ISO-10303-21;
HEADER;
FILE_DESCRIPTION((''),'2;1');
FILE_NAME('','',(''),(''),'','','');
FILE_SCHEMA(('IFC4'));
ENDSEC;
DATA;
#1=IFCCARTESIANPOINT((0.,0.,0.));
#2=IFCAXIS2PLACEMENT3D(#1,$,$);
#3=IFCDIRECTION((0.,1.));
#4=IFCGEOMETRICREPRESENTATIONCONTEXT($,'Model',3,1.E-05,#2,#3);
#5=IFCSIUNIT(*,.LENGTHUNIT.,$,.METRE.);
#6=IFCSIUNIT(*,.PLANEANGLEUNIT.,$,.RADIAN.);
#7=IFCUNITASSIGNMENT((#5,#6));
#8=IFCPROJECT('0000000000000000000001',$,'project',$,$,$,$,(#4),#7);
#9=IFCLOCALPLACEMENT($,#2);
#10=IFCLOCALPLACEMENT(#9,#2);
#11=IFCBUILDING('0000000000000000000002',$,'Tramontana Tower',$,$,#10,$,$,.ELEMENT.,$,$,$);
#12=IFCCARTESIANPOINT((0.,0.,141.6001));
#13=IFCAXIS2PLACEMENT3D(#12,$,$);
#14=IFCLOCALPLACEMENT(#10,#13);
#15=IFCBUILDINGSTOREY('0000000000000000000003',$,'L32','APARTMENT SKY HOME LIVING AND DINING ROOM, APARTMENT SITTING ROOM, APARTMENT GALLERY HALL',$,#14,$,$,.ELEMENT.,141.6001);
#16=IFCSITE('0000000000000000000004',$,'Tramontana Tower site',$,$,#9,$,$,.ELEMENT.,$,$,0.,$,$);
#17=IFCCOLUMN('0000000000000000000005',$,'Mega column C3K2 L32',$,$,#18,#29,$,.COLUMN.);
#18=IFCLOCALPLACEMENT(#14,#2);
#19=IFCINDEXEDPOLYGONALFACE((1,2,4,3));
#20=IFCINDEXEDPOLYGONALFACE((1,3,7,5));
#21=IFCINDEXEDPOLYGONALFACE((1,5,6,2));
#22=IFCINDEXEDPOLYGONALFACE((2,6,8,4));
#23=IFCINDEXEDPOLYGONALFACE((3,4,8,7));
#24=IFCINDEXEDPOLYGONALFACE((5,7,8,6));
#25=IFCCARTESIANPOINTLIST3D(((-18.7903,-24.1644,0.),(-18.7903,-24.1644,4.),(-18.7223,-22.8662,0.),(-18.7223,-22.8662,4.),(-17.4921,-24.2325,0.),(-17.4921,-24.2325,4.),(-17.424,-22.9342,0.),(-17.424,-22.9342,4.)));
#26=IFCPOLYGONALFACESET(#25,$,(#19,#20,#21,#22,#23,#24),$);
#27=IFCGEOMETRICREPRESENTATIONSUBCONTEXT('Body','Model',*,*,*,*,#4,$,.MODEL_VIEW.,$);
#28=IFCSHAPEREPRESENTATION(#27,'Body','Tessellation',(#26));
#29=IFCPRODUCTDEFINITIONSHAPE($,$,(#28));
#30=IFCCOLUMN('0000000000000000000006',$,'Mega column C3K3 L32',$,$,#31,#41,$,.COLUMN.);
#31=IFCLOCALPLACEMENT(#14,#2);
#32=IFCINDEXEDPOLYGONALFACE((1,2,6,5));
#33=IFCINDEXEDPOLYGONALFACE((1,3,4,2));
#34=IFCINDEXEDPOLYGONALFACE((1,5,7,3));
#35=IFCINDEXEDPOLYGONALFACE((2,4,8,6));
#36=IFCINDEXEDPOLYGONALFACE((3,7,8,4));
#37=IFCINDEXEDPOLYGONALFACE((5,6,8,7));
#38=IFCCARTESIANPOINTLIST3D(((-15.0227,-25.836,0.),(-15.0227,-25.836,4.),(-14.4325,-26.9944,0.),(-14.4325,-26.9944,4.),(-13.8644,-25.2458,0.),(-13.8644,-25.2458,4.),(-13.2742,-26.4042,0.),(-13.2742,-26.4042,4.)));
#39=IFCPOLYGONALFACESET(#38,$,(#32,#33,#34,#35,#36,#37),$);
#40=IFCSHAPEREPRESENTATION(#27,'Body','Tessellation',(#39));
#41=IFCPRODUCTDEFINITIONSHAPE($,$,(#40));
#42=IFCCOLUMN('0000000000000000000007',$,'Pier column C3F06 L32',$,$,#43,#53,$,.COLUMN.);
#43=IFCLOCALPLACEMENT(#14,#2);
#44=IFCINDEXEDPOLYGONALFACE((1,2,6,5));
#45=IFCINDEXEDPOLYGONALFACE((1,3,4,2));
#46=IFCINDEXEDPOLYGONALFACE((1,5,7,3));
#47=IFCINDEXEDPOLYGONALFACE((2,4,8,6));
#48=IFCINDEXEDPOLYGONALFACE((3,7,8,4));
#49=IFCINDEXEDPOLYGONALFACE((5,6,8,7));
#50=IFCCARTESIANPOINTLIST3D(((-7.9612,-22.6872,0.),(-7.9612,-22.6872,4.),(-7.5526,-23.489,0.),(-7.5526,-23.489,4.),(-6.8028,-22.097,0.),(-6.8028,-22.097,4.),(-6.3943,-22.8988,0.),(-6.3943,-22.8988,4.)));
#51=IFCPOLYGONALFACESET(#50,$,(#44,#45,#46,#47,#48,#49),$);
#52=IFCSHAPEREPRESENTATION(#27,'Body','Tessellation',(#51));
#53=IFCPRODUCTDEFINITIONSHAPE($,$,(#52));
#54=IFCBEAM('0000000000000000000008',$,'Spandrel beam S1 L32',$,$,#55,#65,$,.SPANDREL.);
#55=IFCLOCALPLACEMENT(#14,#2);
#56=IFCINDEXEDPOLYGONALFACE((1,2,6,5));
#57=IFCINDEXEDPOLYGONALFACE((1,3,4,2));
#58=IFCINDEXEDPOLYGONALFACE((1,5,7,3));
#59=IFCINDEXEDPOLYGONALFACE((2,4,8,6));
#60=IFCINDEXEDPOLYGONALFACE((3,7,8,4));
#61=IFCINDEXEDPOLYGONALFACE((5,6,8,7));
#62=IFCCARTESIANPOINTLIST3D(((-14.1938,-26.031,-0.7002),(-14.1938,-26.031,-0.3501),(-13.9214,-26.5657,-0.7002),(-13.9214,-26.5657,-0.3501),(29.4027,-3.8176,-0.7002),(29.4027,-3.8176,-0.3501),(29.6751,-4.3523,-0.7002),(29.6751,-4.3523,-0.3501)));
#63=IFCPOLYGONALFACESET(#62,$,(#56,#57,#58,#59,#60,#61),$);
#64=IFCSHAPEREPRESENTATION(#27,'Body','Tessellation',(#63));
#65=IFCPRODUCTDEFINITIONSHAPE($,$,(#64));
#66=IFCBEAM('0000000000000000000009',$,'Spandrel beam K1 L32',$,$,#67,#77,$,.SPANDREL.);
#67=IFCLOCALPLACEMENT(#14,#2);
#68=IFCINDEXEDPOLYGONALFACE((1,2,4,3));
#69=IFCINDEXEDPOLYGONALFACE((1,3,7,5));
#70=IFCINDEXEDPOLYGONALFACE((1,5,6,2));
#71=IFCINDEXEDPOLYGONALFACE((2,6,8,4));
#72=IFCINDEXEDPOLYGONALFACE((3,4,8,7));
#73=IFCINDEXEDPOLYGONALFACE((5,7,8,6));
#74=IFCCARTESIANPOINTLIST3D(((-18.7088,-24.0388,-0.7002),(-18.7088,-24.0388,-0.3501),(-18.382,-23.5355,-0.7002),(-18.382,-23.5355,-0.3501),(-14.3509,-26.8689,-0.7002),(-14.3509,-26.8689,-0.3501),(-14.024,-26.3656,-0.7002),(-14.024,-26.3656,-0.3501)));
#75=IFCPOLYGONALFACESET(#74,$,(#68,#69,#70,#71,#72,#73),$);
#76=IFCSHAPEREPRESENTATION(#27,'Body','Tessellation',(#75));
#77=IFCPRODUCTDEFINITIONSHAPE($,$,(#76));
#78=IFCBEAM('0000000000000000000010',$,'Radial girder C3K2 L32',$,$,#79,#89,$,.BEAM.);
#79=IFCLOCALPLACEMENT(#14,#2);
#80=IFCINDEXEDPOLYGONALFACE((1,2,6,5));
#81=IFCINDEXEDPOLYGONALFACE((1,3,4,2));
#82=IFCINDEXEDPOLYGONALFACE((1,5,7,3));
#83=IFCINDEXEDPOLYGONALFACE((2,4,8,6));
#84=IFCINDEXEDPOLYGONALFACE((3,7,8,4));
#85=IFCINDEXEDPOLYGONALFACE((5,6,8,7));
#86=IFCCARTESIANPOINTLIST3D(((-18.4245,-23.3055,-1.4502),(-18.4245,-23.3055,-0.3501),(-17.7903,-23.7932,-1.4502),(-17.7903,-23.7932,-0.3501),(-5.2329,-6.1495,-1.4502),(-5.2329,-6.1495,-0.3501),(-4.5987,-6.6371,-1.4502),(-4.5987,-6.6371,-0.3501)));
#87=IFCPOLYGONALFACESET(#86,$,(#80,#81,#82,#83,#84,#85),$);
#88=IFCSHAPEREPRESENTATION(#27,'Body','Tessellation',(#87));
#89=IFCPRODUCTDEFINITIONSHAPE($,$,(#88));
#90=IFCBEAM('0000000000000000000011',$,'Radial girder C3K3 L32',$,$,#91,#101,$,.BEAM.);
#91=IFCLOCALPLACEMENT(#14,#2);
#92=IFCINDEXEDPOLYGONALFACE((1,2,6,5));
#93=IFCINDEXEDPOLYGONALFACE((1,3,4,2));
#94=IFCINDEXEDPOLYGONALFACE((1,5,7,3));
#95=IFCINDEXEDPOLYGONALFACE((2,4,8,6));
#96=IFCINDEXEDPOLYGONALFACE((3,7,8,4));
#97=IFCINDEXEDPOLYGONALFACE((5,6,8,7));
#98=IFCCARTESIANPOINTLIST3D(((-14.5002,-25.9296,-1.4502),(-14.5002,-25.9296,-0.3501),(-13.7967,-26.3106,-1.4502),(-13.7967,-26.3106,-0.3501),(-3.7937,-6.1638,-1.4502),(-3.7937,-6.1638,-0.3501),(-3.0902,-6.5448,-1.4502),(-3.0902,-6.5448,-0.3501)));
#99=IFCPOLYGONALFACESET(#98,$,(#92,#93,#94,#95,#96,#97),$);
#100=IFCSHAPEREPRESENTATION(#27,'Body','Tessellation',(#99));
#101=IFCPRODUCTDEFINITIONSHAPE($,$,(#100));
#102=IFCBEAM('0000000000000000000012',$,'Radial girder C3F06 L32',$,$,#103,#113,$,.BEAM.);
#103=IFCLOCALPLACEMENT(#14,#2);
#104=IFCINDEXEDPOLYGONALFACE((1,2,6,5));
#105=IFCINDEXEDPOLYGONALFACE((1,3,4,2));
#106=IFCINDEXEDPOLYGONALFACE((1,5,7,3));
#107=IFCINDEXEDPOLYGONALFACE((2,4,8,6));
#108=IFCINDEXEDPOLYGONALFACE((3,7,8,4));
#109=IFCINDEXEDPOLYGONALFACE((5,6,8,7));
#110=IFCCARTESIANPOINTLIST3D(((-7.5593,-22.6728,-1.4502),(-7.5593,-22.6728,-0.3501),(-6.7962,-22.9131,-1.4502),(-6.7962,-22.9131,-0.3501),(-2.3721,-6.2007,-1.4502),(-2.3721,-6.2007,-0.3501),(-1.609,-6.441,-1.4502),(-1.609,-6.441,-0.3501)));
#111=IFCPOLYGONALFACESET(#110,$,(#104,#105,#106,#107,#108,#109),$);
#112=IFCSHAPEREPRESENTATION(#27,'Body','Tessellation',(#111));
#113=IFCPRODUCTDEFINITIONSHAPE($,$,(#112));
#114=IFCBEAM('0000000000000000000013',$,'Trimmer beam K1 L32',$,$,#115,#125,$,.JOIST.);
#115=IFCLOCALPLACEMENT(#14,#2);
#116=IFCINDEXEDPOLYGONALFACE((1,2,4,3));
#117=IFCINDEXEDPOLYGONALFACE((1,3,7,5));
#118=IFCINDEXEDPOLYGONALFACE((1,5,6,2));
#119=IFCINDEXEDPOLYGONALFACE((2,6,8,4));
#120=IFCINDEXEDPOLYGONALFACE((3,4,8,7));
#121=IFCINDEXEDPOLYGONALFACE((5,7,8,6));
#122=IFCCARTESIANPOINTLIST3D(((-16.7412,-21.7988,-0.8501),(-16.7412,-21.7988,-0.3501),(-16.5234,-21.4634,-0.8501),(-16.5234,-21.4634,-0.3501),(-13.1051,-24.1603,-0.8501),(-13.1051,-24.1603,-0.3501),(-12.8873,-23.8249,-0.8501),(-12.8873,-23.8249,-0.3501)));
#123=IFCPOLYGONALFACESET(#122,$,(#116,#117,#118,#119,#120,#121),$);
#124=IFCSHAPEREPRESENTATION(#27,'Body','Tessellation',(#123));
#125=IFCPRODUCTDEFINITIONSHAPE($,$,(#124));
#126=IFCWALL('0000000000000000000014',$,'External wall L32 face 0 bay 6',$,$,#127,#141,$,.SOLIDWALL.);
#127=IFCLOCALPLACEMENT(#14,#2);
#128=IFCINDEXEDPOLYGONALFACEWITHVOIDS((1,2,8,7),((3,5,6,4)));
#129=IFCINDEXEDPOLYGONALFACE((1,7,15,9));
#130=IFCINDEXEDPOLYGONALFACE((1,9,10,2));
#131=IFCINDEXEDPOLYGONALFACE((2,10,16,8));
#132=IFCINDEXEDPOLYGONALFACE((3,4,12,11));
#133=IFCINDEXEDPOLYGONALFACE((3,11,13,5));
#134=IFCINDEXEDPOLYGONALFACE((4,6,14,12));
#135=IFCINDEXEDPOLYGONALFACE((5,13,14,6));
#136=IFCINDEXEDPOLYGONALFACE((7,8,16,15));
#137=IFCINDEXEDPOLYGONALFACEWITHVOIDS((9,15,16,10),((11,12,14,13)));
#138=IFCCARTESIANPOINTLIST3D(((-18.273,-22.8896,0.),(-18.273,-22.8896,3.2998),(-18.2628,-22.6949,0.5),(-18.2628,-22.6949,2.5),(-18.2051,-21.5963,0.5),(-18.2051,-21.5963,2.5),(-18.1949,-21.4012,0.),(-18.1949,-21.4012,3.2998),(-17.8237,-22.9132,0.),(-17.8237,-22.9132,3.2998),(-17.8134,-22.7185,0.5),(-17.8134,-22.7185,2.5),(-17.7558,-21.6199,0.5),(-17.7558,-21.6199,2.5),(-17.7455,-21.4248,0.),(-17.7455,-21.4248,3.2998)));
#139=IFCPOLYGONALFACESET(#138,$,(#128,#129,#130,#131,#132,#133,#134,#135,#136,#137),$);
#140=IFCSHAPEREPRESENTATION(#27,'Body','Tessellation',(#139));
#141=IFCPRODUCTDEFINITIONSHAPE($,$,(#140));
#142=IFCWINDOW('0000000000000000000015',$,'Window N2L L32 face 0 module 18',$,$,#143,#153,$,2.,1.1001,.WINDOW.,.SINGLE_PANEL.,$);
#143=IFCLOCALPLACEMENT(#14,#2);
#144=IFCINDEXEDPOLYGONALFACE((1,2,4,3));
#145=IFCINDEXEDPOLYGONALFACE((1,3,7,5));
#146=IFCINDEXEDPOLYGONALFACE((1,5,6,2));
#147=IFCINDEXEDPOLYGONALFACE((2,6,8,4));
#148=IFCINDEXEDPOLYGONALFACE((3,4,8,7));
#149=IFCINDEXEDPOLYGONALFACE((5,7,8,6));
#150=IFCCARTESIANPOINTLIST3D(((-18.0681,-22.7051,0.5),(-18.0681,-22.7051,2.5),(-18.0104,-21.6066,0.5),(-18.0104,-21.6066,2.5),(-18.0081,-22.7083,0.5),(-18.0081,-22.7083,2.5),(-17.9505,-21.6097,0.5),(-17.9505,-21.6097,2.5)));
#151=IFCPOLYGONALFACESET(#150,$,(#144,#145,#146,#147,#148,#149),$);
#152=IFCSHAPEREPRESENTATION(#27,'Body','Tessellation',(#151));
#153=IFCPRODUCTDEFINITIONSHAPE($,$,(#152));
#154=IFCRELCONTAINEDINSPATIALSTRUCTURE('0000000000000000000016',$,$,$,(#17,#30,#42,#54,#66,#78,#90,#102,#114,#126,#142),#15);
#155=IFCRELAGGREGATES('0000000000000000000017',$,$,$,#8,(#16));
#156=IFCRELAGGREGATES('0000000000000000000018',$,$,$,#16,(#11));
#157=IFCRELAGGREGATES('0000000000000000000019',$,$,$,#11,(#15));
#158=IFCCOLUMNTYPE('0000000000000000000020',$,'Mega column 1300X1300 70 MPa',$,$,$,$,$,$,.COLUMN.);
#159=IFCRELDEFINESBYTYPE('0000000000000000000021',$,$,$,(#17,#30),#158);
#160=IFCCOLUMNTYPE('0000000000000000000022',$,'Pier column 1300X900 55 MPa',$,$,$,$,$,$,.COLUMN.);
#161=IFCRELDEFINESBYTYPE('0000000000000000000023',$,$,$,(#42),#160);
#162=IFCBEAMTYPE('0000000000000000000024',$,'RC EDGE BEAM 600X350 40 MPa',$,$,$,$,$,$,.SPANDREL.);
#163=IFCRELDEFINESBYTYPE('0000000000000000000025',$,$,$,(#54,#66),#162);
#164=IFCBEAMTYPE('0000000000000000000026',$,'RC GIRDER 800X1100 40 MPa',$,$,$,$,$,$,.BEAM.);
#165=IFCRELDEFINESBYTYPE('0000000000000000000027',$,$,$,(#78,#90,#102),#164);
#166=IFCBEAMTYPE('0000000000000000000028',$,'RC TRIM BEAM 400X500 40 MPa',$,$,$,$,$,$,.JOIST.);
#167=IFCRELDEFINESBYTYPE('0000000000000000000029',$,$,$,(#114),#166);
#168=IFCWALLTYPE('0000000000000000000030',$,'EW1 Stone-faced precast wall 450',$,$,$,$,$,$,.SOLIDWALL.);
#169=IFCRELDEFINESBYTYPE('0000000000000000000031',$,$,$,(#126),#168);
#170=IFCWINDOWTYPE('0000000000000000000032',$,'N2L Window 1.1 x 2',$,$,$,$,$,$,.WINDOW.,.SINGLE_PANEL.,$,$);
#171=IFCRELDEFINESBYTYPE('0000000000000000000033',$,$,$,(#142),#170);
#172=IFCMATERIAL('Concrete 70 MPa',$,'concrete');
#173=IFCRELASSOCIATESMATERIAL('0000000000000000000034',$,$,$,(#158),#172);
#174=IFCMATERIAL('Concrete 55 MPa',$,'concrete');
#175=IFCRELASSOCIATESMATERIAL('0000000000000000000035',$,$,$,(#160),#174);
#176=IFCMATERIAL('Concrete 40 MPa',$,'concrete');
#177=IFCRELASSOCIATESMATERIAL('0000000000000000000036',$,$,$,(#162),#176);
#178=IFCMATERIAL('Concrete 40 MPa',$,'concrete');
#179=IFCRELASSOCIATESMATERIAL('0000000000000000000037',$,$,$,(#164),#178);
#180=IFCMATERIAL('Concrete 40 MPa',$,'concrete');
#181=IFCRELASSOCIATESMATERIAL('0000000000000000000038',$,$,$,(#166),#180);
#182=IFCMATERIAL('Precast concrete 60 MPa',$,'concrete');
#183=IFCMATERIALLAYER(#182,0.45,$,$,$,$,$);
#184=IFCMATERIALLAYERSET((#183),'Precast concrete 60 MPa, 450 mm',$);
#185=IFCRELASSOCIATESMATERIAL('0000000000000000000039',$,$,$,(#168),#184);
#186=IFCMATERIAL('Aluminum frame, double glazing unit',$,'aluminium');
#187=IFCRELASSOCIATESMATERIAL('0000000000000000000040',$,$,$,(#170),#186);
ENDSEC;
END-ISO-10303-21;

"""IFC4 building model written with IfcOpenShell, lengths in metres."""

from ifc_helpers import new_model, si_unit, direction, frame, frame_2d, origin, origin_2d, place, context, subcontext, project, spatial, rectangle, extrude, material, layer, layer_set, material_profile, profile_set, type_object, element, fill, save


model = new_model("IFC4")

# Units and contexts
model_context = context("Model", 3, precision=1e-05, world=origin(), true_north=direction((0.0, 1.0)))
body_context = subcontext(model_context, "Body", "Model", "MODEL_VIEW")
ifc_project = project(units=[si_unit("LENGTHUNIT", "METRE"), si_unit("PLANEANGLEUNIT", "RADIAN")], contexts=[model_context])

# Site, building, storey
site_placement = place(None, origin())
site = spatial("IfcSite", under=ifc_project, at=site_placement, Name="Tramontana Tower site", CompositionType="ELEMENT", RefElevation=0.0)
building_placement = place(site_placement, origin())
building = spatial("IfcBuilding", under=site, at=building_placement, Name="Tramontana Tower", CompositionType="ELEMENT")
storey_placement = place(building_placement, frame((0.0, 0.0, 141.6001)))
storey = spatial("IfcBuildingStorey", under=building, at=storey_placement, Name="L32", Description="APARTMENT SKY HOME LIVING AND DINING ROOM, APARTMENT SITTING ROOM, APARTMENT GALLERY HALL", CompositionType="ELEMENT", Elevation=141.6001)

# Columns
ifc_material_1 = material(Name="Concrete 70 MPa", Category="concrete")
ifc_material_profile_1 = material_profile(ifc_material_1, rectangle(XDim=1.3, YDim=1.3, at=origin_2d()), Name="Mega column 1300X1300 70 MPa")
ifc_profile_set_1 = profile_set([ifc_material_profile_1], Name="Concrete 70 MPa")
column_type_1 = type_object("IfcColumnType", Name="Mega column 1300X1300 70 MPa", PredefinedType="COLUMN", material=ifc_profile_set_1)
for number, where, z_axis, x_axis, name in (
    (1, (-18.1072, -23.5493, 0.0), (0.0, 0.0, 1.0), (-0.052336, -0.99863, 0.0), "Mega column C3K2 L32"),
    (2, (-14.1484, -26.1201, 0.0), (0.0, 0.0, 1.0), (0.891007, 0.45399, 0.0), "Mega column C3K3 L32"),
):
    element("IfcColumn", number, at=place(storey_placement, frame(where, z_axis=z_axis, x_axis=x_axis)), inside=storey, type_object=column_type_1, Name=name, PredefinedType="COLUMN", context=body_context, shape_type="SweptSolid", body=[
        extrude(rectangle(XDim=1.3, YDim=1.3, at=origin_2d()), origin(), (0.0, 0.0, 1.0), 4.0),
    ])
ifc_material_2 = material(Name="Concrete 55 MPa", Category="concrete")
ifc_material_profile_2 = material_profile(ifc_material_2, rectangle(XDim=1.3, YDim=0.8999, at=origin_2d()), Name="Pier column 1300X900 55 MPa")
ifc_profile_set_2 = profile_set([ifc_material_profile_2], Name="Concrete 55 MPa")
column_type_2 = type_object("IfcColumnType", Name="Pier column 1300X900 55 MPa", PredefinedType="COLUMN", material=ifc_profile_set_2)
column_placement = place(storey_placement, frame((-7.1777, -22.793, 0.0), z_axis=(0.0, 0.0, 1.0), x_axis=(0.891007, 0.45399, 0.0)))
element("IfcColumn", 3, at=column_placement, inside=storey, type_object=column_type_2, Name="Pier column C3F06 L32", PredefinedType="COLUMN", context=body_context, shape_type="SweptSolid", body=[
    extrude(rectangle(XDim=1.3, YDim=0.8999, at=origin_2d()), origin(), (0.0, 0.0, 1.0), 4.0),
])

# Beams
ifc_material_3 = material(Name="Concrete 40 MPa", Category="concrete")
ifc_material_profile_3 = material_profile(ifc_material_3, rectangle(XDim=0.6001, YDim=0.3501, at=origin_2d()), Name="RC EDGE BEAM 600X350 40 MPa")
ifc_profile_set_3 = profile_set([ifc_material_profile_3], Name="Concrete 40 MPa")
beam_type_1 = type_object("IfcBeamType", Name="RC EDGE BEAM 600X350 40 MPa", PredefinedType="SPANDREL", material=ifc_profile_set_3)
beam_1_placement = place(storey_placement, frame((-14.0576, -26.2983, -0.5251), z_axis=(0.891007, 0.453989, 0.0), x_axis=(-0.453989, 0.891007, 0.0)))
element("IfcBeam", 4, at=beam_1_placement, inside=storey, type_object=beam_type_1, Name="Spandrel beam S1 L32", PredefinedType="SPANDREL", context=body_context, shape_type="SweptSolid", body=[
    extrude(rectangle(XDim=0.6001, YDim=0.3501, at=origin_2d()), origin(), (0.0, 0.0, 1.0), 48.9294),
])
beam_2_placement = place(storey_placement, frame((-18.5454, -23.7871, -0.5251), z_axis=(0.838669, -0.544641, 0.0), x_axis=(0.544641, 0.838669, 0.0)))
element("IfcBeam", 5, at=beam_2_placement, inside=storey, type_object=beam_type_1, Name="Spandrel beam K1 L32", PredefinedType="SPANDREL", context=body_context, shape_type="SweptSolid", body=[
    extrude(rectangle(XDim=0.6001, YDim=0.3501, at=origin_2d()), origin(), (0.0, 0.0, 1.0), 5.1963),
])
ifc_material_4 = material(Name="Concrete 40 MPa", Category="concrete")
ifc_material_profile_4 = material_profile(ifc_material_4, rectangle(XDim=0.8, YDim=1.1001, at=origin_2d()), Name="RC GIRDER 800X1100 40 MPa")
ifc_profile_set_4 = profile_set([ifc_material_profile_4], Name="Concrete 40 MPa")
beam_type_2 = type_object("IfcBeamType", Name="RC GIRDER 800X1100 40 MPa", PredefinedType="BEAM", material=ifc_profile_set_4)
beam_3_placement = place(storey_placement, frame((-18.1074, -23.5493, -0.9001), z_axis=(0.609558, 0.792742, 0.0), x_axis=(-0.792742, 0.609558, 0.0)))
element("IfcBeam", 6, at=beam_3_placement, inside=storey, type_object=beam_type_2, Name="Radial girder C3K2 L32", PredefinedType="BEAM", context=body_context, shape_type="SweptSolid", body=[
    extrude(rectangle(XDim=0.8, YDim=1.1001, at=origin_2d()), origin(), (0.0, 0.0, 1.0), 21.6414),
])
beam_4_placement = place(storey_placement, frame((-14.1484, -26.1201, -0.9001), z_axis=(0.476284, 0.879291, 0.0), x_axis=(-0.879291, 0.476284, 0.0)))
element("IfcBeam", 7, at=beam_4_placement, inside=storey, type_object=beam_type_2, Name="Radial girder C3K3 L32", PredefinedType="BEAM", context=body_context, shape_type="SweptSolid", body=[
    extrude(rectangle(XDim=0.8, YDim=1.1001, at=origin_2d()), origin(), (0.0, 0.0, 1.0), 22.4792),
])
beam_5_placement = place(storey_placement, frame((-7.1777, -22.793, -0.9001), z_axis=(0.300369, 0.953823, 0.0), x_axis=(-0.953823, 0.300369, 0.0)))
element("IfcBeam", 8, at=beam_5_placement, inside=storey, type_object=beam_type_2, Name="Radial girder C3F06 L32", PredefinedType="BEAM", context=body_context, shape_type="SweptSolid", body=[
    extrude(rectangle(XDim=0.8, YDim=1.1001, at=origin_2d()), origin(), (0.0, 0.0, 1.0), 17.2695),
])
ifc_material_5 = material(Name="Concrete 40 MPa", Category="concrete")
ifc_material_profile_5 = material_profile(ifc_material_5, rectangle(XDim=0.3999, YDim=0.5, at=origin_2d()), Name="RC TRIM BEAM 400X500 40 MPa")
ifc_profile_set_5 = profile_set([ifc_material_profile_5], Name="Concrete 40 MPa")
beam_type_3 = type_object("IfcBeamType", Name="RC TRIM BEAM 400X500 40 MPa", PredefinedType="JOIST", material=ifc_profile_set_5)
beam_6_placement = place(storey_placement, frame((-16.6323, -21.6311, -0.6001), z_axis=(0.838652, -0.544668, 0.0), x_axis=(0.544668, 0.838652, 0.0)))
element("IfcBeam", 9, at=beam_6_placement, inside=storey, type_object=beam_type_3, Name="Trimmer beam K1 L32", PredefinedType="JOIST", context=body_context, shape_type="SweptSolid", body=[
    extrude(rectangle(XDim=0.3999, YDim=0.5, at=origin_2d()), origin(), (0.0, 0.0, 1.0), 4.3357),
])

# Wall, opening, window
ifc_material_6 = material(Name="Precast concrete 60 MPa", Category="concrete")
ifc_layer_1 = layer(ifc_material_6, 0.45)
ifc_layer_set_1 = layer_set([ifc_layer_1], Name="Precast concrete 60 MPa, 450 mm")
wall_type_1 = type_object("IfcWallType", Name="EW1 Stone-faced precast wall 450", PredefinedType="SOLIDWALL", material=ifc_layer_set_1)
wall_1_placement = place(storey_placement, frame((-17.9702, -21.4131, 0.0), z_axis=(0.0, 0.0, 1.0), x_axis=(-0.052413, -0.998626, 0.0)))
wall_1 = element("IfcWall", 10, at=wall_1_placement, inside=storey, type_object=wall_type_1, Name="External wall L32 face 0 bay 6", PredefinedType="SOLIDWALL", context=body_context, shape_type="SweptSolid", body=[
    extrude(rectangle(XDim=1.4905, YDim=0.45, at=frame_2d((0.7451, 0.0))), origin(), (0.0, 0.0, 1.0), 3.2998),
])
opening_1_placement = place(wall_1_placement, frame((0.1953, 0.0, 0.5)))
opening_1 = element("IfcOpeningElement", 11, at=opening_1_placement, cuts=wall_1, PredefinedType="OPENING", context=body_context, shape_type="SweptSolid", body=[
    extrude(rectangle(XDim=1.1001, YDim=2.0, at=frame_2d((0.55, 1.0))), frame((0.0, 0.2349, 0.0), z_axis=(0.0, -1.0, 0.0), x_axis=(1.0, 0.0, 0.0)), (0.0, 0.0, 1.0), 0.47),
])
ifc_material_7 = material(Name="Aluminum frame, double glazing unit", Category="aluminium")
window_type_1 = type_object("IfcWindowType", Name="N2L Window 1.1 x 2", PartitioningType="SINGLE_PANEL", PredefinedType="WINDOW", material=ifc_material_7)
window_1_placement = place(opening_1_placement, origin())
window_1 = element("IfcWindow", 12, at=window_1_placement, inside=storey, type_object=window_type_1, Name="Window N2L L32 face 0 module 18", OverallHeight=2.0, OverallWidth=1.1001, PartitioningType="SINGLE_PANEL", PredefinedType="WINDOW", context=body_context, shape_type="SweptSolid", body=[
    extrude(rectangle(XDim=1.1001, YDim=2.0, at=frame_2d((0.55, 1.0))), frame((0.0, 0.03, 0.0), z_axis=(0.0, -1.0, 0.0), x_axis=(1.0, 0.0, 0.0)), (0.0, 0.0, 1.0), 0.0601),
])
fill(opening_1, window_1)

save(model, "model.ifc")
